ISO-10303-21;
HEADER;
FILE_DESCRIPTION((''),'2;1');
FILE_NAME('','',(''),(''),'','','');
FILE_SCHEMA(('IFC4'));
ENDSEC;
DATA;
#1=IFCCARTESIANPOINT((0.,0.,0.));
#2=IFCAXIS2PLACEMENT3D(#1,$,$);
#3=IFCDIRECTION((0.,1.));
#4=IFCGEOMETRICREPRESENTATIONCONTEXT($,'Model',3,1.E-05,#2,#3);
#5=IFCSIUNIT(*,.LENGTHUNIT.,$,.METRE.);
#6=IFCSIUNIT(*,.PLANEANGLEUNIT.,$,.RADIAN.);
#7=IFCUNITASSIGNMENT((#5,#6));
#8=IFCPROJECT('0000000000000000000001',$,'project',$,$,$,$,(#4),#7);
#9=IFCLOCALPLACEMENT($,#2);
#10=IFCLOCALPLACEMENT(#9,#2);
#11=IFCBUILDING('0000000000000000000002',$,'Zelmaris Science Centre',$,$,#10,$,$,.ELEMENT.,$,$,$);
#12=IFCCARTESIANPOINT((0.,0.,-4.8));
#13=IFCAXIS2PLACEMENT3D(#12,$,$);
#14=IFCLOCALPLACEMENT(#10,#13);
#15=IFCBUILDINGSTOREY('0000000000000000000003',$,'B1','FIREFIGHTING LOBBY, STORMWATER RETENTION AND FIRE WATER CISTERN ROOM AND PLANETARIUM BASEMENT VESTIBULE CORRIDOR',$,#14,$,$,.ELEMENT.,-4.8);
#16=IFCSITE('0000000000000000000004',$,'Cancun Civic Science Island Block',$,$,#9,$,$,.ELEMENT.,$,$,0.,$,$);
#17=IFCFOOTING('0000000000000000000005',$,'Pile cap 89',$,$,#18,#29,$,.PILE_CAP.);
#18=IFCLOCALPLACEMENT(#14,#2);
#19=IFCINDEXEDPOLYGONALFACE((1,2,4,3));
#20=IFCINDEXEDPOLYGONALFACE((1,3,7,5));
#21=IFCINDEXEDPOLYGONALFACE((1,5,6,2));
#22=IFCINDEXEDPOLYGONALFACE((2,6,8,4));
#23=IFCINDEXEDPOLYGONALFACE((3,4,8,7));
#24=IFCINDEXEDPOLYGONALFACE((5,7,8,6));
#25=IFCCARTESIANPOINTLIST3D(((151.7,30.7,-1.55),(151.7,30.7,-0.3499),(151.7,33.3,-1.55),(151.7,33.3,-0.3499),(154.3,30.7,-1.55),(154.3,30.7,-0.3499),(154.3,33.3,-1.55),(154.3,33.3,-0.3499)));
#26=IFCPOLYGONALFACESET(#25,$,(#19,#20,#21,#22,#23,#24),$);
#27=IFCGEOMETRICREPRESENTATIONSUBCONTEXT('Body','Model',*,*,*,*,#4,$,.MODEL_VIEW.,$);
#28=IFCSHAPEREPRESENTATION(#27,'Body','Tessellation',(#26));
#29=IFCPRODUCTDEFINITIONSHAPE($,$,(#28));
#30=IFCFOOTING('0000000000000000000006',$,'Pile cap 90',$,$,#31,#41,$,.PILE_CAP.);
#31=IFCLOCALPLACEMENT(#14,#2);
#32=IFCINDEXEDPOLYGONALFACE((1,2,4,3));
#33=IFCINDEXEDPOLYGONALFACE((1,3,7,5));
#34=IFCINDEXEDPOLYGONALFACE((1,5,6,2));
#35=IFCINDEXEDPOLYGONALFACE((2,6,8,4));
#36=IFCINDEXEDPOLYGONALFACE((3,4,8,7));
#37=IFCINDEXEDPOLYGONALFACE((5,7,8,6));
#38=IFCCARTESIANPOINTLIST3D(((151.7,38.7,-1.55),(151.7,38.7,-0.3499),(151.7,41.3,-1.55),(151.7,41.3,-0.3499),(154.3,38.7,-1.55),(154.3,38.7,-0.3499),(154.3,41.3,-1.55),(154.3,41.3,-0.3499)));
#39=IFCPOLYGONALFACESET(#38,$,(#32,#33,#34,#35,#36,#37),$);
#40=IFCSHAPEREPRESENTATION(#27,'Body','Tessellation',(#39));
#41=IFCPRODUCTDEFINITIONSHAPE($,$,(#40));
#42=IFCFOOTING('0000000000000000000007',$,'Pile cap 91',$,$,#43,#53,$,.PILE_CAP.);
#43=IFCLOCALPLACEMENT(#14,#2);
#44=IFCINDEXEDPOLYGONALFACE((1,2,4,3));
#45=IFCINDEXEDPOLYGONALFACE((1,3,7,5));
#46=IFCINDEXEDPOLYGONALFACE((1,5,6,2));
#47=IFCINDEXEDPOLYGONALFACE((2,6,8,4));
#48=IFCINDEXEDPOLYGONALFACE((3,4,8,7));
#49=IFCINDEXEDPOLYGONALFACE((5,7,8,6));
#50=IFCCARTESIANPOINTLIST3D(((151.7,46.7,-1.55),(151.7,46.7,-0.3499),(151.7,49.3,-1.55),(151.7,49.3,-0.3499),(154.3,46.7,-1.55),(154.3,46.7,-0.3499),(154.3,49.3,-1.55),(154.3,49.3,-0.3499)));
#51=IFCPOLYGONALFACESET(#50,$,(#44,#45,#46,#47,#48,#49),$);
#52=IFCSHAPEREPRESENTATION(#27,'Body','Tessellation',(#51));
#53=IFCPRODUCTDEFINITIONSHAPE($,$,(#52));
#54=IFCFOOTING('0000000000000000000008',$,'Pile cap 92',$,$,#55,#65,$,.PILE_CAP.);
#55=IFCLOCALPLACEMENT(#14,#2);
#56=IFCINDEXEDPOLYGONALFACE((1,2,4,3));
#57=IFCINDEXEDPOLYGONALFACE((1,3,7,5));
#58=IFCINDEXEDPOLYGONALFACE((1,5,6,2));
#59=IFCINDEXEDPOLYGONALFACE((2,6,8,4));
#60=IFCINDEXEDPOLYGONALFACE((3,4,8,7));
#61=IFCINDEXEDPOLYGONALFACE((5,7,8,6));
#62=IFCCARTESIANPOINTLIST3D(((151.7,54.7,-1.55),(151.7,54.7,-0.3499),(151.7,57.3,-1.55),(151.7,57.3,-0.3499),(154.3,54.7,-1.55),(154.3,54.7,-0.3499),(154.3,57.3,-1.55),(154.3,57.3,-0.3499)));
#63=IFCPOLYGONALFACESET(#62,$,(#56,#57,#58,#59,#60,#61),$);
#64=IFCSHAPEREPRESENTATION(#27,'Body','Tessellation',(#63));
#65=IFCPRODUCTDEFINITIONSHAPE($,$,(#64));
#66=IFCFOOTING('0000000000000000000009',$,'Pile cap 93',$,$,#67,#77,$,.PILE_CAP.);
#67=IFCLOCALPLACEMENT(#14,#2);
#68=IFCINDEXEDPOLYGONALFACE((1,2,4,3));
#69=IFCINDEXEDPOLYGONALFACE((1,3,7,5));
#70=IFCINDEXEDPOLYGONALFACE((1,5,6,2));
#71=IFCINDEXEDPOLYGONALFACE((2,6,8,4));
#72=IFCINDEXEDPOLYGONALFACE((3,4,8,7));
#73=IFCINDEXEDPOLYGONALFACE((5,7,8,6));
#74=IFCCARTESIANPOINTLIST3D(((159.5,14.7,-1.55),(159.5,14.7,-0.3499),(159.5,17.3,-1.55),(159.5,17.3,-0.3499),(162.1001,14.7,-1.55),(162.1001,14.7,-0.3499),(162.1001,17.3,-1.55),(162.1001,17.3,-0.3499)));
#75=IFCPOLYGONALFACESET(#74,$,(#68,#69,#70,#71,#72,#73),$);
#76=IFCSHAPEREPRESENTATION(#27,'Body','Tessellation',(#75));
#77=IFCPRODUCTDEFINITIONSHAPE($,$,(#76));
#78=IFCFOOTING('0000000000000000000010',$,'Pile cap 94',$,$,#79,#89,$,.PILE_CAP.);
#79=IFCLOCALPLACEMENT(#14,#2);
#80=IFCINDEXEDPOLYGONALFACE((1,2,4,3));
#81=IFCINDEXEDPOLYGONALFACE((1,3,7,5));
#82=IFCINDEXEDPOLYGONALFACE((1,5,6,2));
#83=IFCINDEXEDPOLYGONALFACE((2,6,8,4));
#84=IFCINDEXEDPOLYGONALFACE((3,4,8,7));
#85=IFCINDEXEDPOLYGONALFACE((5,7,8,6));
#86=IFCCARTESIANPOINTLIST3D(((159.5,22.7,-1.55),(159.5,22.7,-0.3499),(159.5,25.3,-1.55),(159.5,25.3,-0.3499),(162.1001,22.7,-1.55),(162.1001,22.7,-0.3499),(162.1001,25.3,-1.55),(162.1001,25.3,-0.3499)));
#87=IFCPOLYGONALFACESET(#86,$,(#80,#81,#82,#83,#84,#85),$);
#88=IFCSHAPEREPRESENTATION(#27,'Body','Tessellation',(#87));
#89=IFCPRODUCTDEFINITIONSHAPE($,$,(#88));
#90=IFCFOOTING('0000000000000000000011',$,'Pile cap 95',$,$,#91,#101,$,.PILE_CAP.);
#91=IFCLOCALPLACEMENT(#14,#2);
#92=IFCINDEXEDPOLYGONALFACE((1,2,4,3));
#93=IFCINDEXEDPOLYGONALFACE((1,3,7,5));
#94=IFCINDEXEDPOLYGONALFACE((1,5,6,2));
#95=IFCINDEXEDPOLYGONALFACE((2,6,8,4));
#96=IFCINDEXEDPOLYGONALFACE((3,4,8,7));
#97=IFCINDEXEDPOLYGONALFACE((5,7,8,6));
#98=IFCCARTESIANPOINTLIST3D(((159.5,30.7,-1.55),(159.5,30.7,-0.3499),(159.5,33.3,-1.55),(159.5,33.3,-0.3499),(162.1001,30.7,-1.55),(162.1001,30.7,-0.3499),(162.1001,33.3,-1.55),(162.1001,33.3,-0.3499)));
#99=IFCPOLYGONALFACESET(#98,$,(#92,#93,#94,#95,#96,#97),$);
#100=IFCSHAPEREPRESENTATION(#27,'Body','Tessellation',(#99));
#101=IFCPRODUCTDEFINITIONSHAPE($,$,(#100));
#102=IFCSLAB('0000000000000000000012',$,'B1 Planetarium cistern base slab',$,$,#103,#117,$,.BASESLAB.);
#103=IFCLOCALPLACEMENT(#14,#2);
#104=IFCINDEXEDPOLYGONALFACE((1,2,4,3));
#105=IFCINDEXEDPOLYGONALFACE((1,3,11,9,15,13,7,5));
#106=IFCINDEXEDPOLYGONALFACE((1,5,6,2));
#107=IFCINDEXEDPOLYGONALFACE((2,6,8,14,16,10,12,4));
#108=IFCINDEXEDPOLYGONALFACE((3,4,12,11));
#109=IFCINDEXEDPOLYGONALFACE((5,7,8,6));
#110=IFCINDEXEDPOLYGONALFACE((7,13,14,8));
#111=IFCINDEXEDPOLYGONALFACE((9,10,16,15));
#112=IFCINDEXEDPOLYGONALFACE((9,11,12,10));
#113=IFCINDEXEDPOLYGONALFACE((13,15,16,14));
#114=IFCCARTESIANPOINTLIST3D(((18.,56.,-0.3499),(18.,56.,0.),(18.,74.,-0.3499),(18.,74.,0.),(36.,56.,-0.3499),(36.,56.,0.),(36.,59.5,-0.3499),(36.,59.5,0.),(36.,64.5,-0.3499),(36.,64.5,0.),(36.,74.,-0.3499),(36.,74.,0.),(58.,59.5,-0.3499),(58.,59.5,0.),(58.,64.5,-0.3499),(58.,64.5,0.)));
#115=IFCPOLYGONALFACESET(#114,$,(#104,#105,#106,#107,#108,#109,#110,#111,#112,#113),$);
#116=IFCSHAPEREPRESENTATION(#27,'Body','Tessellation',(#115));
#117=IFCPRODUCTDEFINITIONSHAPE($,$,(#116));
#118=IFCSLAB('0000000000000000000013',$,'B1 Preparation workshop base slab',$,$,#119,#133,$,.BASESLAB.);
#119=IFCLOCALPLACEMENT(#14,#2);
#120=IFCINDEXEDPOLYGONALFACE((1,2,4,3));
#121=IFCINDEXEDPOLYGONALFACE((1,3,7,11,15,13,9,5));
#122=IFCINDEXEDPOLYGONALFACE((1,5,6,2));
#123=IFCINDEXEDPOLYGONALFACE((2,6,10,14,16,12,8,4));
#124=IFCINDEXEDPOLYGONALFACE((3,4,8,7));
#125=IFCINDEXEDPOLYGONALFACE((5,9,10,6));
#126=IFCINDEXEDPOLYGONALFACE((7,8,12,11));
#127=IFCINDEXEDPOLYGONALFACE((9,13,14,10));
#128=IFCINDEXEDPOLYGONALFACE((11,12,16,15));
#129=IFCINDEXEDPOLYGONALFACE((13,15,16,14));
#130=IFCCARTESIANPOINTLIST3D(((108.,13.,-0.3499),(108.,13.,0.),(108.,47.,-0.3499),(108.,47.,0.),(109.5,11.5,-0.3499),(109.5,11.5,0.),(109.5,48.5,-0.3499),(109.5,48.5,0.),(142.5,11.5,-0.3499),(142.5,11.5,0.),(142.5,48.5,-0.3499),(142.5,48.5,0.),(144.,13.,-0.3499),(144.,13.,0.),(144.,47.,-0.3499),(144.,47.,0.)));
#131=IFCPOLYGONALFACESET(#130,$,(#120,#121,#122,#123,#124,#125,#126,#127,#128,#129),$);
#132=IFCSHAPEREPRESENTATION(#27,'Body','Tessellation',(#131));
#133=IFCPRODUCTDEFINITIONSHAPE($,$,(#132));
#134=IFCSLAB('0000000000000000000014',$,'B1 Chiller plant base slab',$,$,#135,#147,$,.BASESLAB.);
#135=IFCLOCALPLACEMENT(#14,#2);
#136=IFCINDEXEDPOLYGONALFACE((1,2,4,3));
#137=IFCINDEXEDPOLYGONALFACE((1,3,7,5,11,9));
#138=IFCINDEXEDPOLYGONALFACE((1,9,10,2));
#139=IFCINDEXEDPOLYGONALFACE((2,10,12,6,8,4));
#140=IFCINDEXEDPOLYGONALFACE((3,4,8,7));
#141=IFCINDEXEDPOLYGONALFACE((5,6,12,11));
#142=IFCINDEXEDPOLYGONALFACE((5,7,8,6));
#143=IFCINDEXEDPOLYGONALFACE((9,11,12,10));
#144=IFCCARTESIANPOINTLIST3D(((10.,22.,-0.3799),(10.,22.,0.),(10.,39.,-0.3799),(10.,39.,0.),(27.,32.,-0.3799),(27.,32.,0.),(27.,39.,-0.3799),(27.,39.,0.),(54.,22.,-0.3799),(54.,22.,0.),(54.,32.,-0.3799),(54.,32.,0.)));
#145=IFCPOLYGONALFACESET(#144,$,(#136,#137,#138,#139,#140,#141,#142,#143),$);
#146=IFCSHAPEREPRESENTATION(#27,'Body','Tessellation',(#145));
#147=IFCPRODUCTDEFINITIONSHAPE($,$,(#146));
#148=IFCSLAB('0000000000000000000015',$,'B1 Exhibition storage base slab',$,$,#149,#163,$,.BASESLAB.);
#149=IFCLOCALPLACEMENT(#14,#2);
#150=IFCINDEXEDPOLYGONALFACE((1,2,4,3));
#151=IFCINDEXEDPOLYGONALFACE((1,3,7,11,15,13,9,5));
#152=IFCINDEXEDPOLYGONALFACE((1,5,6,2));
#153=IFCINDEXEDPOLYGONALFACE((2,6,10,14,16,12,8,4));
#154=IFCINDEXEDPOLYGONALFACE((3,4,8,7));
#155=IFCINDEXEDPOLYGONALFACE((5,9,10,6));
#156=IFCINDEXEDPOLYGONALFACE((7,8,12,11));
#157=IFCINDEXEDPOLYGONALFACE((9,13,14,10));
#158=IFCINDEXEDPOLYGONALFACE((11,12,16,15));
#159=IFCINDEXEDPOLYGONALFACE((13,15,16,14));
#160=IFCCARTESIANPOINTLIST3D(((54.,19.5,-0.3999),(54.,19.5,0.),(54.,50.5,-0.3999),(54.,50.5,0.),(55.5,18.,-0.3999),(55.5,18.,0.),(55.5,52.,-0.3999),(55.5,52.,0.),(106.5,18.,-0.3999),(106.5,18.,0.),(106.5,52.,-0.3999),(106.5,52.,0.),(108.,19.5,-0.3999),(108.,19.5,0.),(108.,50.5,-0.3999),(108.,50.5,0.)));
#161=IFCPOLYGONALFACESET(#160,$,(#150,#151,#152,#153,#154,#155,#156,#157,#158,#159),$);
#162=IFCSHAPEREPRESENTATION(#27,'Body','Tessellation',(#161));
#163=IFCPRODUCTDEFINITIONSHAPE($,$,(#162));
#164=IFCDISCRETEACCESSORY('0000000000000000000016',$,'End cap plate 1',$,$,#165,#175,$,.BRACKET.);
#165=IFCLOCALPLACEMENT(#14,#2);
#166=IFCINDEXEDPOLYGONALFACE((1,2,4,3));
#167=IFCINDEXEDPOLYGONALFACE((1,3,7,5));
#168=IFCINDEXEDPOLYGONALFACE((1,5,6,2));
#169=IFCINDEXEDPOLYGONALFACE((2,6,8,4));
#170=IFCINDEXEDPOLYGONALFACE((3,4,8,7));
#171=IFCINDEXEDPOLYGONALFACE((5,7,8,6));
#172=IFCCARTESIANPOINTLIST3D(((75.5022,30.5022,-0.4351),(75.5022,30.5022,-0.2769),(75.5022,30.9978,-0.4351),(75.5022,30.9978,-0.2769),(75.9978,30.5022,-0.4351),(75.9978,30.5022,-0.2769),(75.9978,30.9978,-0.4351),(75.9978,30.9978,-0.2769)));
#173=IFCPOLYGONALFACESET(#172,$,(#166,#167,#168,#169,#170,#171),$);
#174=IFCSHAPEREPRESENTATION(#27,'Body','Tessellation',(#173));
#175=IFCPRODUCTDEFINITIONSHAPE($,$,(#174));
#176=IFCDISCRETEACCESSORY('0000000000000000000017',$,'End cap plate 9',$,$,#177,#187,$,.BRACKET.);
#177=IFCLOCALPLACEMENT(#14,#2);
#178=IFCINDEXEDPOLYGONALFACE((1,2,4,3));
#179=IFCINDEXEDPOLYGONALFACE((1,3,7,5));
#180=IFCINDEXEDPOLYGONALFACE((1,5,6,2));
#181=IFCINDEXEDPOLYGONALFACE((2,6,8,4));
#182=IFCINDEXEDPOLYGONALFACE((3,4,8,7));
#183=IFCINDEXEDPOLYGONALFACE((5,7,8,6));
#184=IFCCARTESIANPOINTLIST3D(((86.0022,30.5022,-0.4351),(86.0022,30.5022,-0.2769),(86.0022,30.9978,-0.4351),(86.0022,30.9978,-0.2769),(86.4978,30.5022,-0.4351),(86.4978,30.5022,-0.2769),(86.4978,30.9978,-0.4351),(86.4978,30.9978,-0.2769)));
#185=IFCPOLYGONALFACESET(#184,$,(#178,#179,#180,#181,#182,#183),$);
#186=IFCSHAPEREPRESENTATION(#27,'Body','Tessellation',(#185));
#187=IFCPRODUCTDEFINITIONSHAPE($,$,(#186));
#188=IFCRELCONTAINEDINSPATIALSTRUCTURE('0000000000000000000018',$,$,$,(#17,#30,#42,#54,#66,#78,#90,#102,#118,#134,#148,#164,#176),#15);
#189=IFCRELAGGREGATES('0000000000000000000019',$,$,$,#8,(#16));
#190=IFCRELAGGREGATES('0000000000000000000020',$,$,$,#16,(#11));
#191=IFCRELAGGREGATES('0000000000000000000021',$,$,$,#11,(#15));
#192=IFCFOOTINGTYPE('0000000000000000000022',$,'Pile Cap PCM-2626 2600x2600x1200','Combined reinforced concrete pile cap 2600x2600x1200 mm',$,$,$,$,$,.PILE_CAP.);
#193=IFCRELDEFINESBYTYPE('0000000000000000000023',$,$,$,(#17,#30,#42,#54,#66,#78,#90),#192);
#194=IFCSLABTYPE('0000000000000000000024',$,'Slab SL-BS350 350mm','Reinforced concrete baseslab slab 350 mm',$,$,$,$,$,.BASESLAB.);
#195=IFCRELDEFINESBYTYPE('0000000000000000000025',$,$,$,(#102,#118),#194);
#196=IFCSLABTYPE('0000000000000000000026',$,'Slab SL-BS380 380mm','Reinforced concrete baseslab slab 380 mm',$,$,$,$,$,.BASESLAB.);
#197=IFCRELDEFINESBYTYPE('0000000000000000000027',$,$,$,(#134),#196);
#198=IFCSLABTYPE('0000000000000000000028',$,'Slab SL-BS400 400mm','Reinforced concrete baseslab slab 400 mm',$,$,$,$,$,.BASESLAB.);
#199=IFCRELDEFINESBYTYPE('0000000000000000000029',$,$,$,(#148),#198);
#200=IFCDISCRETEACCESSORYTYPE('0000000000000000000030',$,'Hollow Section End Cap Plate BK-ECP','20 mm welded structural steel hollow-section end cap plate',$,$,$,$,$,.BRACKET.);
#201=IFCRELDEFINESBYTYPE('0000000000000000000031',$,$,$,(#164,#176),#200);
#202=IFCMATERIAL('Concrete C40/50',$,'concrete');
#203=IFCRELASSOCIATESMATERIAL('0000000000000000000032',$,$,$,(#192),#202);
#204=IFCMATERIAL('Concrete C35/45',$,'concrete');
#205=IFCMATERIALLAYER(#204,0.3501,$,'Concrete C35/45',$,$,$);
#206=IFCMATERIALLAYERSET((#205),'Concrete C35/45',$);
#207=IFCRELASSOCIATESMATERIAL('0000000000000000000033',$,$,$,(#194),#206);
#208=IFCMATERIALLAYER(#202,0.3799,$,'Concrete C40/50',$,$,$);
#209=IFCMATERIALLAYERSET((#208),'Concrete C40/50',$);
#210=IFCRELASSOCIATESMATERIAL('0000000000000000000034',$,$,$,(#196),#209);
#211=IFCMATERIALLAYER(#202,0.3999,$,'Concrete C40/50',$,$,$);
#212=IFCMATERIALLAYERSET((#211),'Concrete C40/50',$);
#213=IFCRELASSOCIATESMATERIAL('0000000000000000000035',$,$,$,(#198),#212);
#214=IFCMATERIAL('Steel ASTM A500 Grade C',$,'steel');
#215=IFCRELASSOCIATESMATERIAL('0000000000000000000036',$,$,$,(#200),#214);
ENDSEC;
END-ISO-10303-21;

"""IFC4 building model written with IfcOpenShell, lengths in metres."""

from ifc_helpers import new_model, si_unit, direction, frame, origin, place, context, subcontext, project, spatial, polyline, outline, extrude, material, layer, layer_set, type_object, element, save


model = new_model("IFC4")

# Units and contexts
model_context = context("Model", 3, precision=1e-05, world=origin(), true_north=direction((0.0, 1.0)))
body_context = subcontext(model_context, "Body", "Model", "MODEL_VIEW")
ifc_project = project(units=[si_unit("LENGTHUNIT", "METRE"), si_unit("PLANEANGLEUNIT", "RADIAN")], contexts=[model_context])

# Site, building, storey
site_placement = place(None, origin())
site = spatial("IfcSite", under=ifc_project, at=site_placement, Name="Cancun Civic Science Island Block", CompositionType="ELEMENT", RefElevation=0.0)
building_placement = place(site_placement, origin())
building = spatial("IfcBuilding", under=site, at=building_placement, Name="Zelmaris Science Centre", CompositionType="ELEMENT")
storey_placement = place(building_placement, frame((0.0, 0.0, -4.8)))
storey = spatial("IfcBuildingStorey", under=building, at=storey_placement, Name="B1", Description="FIREFIGHTING LOBBY, STORMWATER RETENTION AND FIRE WATER CISTERN ROOM AND PLANETARIUM BASEMENT VESTIBULE CORRIDOR", CompositionType="ELEMENT", Elevation=-4.8)

# Footings
ifc_material_1 = material(Name="Concrete C40/50", Category="concrete")
footing_type = type_object("IfcFootingType", Name="Pile Cap PCM-2626 2600x2600x1200", Description="Combined reinforced concrete pile cap 2600x2600x1200 mm", PredefinedType="PILE_CAP", material=ifc_material_1)
footing_1_placement = place(storey_placement, frame((0.0, 0.0, -1.55)))
element("IfcFooting", 1, at=footing_1_placement, inside=storey, type_object=footing_type, Name="Pile cap 89", PredefinedType="PILE_CAP", context=body_context, shape_type="SweptSolid", body=[
    extrude(outline(polyline([(151.7, 30.7), (154.3, 30.7), (154.3, 33.3), (151.7, 33.3), (151.7, 30.7)])), origin(), (0.0, 0.0, 1.0), 1.2002),
])
footing_2_placement = place(storey_placement, frame((0.0, 0.0, -1.55)))
element("IfcFooting", 2, at=footing_2_placement, inside=storey, type_object=footing_type, Name="Pile cap 90", PredefinedType="PILE_CAP", context=body_context, shape_type="SweptSolid", body=[
    extrude(outline(polyline([(151.7, 38.7), (154.3, 38.7), (154.3, 41.3), (151.7, 41.3), (151.7, 38.7)])), origin(), (0.0, 0.0, 1.0), 1.2002),
])
footing_3_placement = place(storey_placement, frame((0.0, 0.0, -1.55)))
element("IfcFooting", 3, at=footing_3_placement, inside=storey, type_object=footing_type, Name="Pile cap 91", PredefinedType="PILE_CAP", context=body_context, shape_type="SweptSolid", body=[
    extrude(outline(polyline([(151.7, 46.7), (154.3, 46.7), (154.3, 49.3), (151.7, 49.3), (151.7, 46.7)])), origin(), (0.0, 0.0, 1.0), 1.2002),
])
footing_4_placement = place(storey_placement, frame((0.0, 0.0, -1.55)))
element("IfcFooting", 4, at=footing_4_placement, inside=storey, type_object=footing_type, Name="Pile cap 92", PredefinedType="PILE_CAP", context=body_context, shape_type="SweptSolid", body=[
    extrude(outline(polyline([(151.7, 54.7), (154.3, 54.7), (154.3, 57.3), (151.7, 57.3), (151.7, 54.7)])), origin(), (0.0, 0.0, 1.0), 1.2002),
])
footing_5_placement = place(storey_placement, frame((0.0, 0.0, -1.55)))
element("IfcFooting", 5, at=footing_5_placement, inside=storey, type_object=footing_type, Name="Pile cap 93", PredefinedType="PILE_CAP", context=body_context, shape_type="SweptSolid", body=[
    extrude(outline(polyline([(159.5, 14.7), (162.1001, 14.7), (162.1001, 17.3), (159.5, 17.3), (159.5, 14.7)])), origin(), (0.0, 0.0, 1.0), 1.2002),
])
footing_6_placement = place(storey_placement, frame((0.0, 0.0, -1.55)))
element("IfcFooting", 6, at=footing_6_placement, inside=storey, type_object=footing_type, Name="Pile cap 94", PredefinedType="PILE_CAP", context=body_context, shape_type="SweptSolid", body=[
    extrude(outline(polyline([(159.5, 22.7), (162.1001, 22.7), (162.1001, 25.3), (159.5, 25.3), (159.5, 22.7)])), origin(), (0.0, 0.0, 1.0), 1.2002),
])
footing_7_placement = place(storey_placement, frame((0.0, 0.0, -1.55)))
element("IfcFooting", 7, at=footing_7_placement, inside=storey, type_object=footing_type, Name="Pile cap 95", PredefinedType="PILE_CAP", context=body_context, shape_type="SweptSolid", body=[
    extrude(outline(polyline([(159.5, 30.7), (162.1001, 30.7), (162.1001, 33.3), (159.5, 33.3), (159.5, 30.7)])), origin(), (0.0, 0.0, 1.0), 1.2002),
])

# Slabs
ifc_material_2 = material(Name="Concrete C35/45", Category="concrete")
ifc_layer_1 = layer(ifc_material_2, 0.3501, Name="Concrete C35/45")
ifc_layer_set_1 = layer_set([ifc_layer_1], Name="Concrete C35/45")
slab_type_1 = type_object("IfcSlabType", Name="Slab SL-BS350 350mm", Description="Reinforced concrete baseslab slab 350 mm", PredefinedType="BASESLAB", material=ifc_layer_set_1)
slab_1_placement = place(storey_placement, frame((0.0, 0.0, -0.3499)))
element("IfcSlab", 8, at=slab_1_placement, inside=storey, type_object=slab_type_1, Name="B1 Planetarium cistern base slab", PredefinedType="BASESLAB", context=body_context, shape_type="SweptSolid", body=[
    extrude(outline(polyline([(18.0, 56.0), (18.0, 74.0), (36.0, 74.0), (36.0, 64.5), (58.0, 64.5), (58.0, 59.5), (36.0, 59.5), (36.0, 56.0), (18.0, 56.0)])), origin(), (0.0, 0.0, 1.0), 0.3499),
])
slab_2_placement = place(storey_placement, frame((0.0, 0.0, -0.3499)))
element("IfcSlab", 9, at=slab_2_placement, inside=storey, type_object=slab_type_1, Name="B1 Preparation workshop base slab", PredefinedType="BASESLAB", context=body_context, shape_type="SweptSolid", body=[
    extrude(outline(polyline([(108.0, 13.0), (108.0, 47.0), (109.5, 48.5), (142.5, 48.5), (144.0, 47.0), (144.0, 13.0), (142.5, 11.5), (109.5, 11.5), (108.0, 13.0)])), origin(), (0.0, 0.0, 1.0), 0.3499),
])
ifc_layer_2 = layer(ifc_material_1, 0.3799, Name="Concrete C40/50")
ifc_layer_set_2 = layer_set([ifc_layer_2], Name="Concrete C40/50")
slab_type_2 = type_object("IfcSlabType", Name="Slab SL-BS380 380mm", Description="Reinforced concrete baseslab slab 380 mm", PredefinedType="BASESLAB", material=ifc_layer_set_2)
slab_3_placement = place(storey_placement, frame((0.0, 0.0, -0.3799)))
element("IfcSlab", 10, at=slab_3_placement, inside=storey, type_object=slab_type_2, Name="B1 Chiller plant base slab", PredefinedType="BASESLAB", context=body_context, shape_type="SweptSolid", body=[
    extrude(outline(polyline([(10.0, 39.0), (27.0, 39.0), (27.0, 32.0), (54.0, 32.0), (54.0, 22.0), (10.0, 22.0), (10.0, 39.0)])), origin(), (0.0, 0.0, 1.0), 0.3799),
])
ifc_layer_3 = layer(ifc_material_1, 0.3999, Name="Concrete C40/50")
ifc_layer_set_3 = layer_set([ifc_layer_3], Name="Concrete C40/50")
slab_type_3 = type_object("IfcSlabType", Name="Slab SL-BS400 400mm", Description="Reinforced concrete baseslab slab 400 mm", PredefinedType="BASESLAB", material=ifc_layer_set_3)
slab_4_placement = place(storey_placement, frame((0.0, 0.0, -0.3999)))
element("IfcSlab", 11, at=slab_4_placement, inside=storey, type_object=slab_type_3, Name="B1 Exhibition storage base slab", PredefinedType="BASESLAB", context=body_context, shape_type="SweptSolid", body=[
    extrude(outline(polyline([(54.0, 19.5), (54.0, 50.5), (55.5, 52.0), (106.5, 52.0), (108.0, 50.5), (108.0, 19.5), (106.5, 18.0), (55.5, 18.0), (54.0, 19.5)])), origin(), (0.0, 0.0, 1.0), 0.3999),
])

# Discrete accessories
ifc_material_3 = material(Name="Steel ASTM A500 Grade C", Category="steel")
discrete_accessory_type = type_object("IfcDiscreteAccessoryType", Name="Hollow Section End Cap Plate BK-ECP", Description="20 mm welded structural steel hollow-section end cap plate", PredefinedType="BRACKET", material=ifc_material_3)
discrete_accessory_1_placement = place(storey_placement, frame((0.0, 0.0, -0.4351)))
element("IfcDiscreteAccessory", 12, at=discrete_accessory_1_placement, inside=storey, type_object=discrete_accessory_type, Name="End cap plate 1", PredefinedType="BRACKET", context=body_context, shape_type="SweptSolid", body=[
    extrude(outline(polyline([(75.5022, 30.5022), (75.9978, 30.5022), (75.9978, 30.9978), (75.5022, 30.9978), (75.5022, 30.5022)])), origin(), (0.0, 0.0, 1.0), 0.1582),
])
discrete_accessory_2_placement = place(storey_placement, frame((0.0, 0.0, -0.4351)))
element("IfcDiscreteAccessory", 13, at=discrete_accessory_2_placement, inside=storey, type_object=discrete_accessory_type, Name="End cap plate 9", PredefinedType="BRACKET", context=body_context, shape_type="SweptSolid", body=[
    extrude(outline(polyline([(86.0022, 30.5022), (86.4978, 30.5022), (86.4978, 30.9978), (86.0022, 30.9978), (86.0022, 30.5022)])), origin(), (0.0, 0.0, 1.0), 0.1582),
])

save(model, "model.ifc")
